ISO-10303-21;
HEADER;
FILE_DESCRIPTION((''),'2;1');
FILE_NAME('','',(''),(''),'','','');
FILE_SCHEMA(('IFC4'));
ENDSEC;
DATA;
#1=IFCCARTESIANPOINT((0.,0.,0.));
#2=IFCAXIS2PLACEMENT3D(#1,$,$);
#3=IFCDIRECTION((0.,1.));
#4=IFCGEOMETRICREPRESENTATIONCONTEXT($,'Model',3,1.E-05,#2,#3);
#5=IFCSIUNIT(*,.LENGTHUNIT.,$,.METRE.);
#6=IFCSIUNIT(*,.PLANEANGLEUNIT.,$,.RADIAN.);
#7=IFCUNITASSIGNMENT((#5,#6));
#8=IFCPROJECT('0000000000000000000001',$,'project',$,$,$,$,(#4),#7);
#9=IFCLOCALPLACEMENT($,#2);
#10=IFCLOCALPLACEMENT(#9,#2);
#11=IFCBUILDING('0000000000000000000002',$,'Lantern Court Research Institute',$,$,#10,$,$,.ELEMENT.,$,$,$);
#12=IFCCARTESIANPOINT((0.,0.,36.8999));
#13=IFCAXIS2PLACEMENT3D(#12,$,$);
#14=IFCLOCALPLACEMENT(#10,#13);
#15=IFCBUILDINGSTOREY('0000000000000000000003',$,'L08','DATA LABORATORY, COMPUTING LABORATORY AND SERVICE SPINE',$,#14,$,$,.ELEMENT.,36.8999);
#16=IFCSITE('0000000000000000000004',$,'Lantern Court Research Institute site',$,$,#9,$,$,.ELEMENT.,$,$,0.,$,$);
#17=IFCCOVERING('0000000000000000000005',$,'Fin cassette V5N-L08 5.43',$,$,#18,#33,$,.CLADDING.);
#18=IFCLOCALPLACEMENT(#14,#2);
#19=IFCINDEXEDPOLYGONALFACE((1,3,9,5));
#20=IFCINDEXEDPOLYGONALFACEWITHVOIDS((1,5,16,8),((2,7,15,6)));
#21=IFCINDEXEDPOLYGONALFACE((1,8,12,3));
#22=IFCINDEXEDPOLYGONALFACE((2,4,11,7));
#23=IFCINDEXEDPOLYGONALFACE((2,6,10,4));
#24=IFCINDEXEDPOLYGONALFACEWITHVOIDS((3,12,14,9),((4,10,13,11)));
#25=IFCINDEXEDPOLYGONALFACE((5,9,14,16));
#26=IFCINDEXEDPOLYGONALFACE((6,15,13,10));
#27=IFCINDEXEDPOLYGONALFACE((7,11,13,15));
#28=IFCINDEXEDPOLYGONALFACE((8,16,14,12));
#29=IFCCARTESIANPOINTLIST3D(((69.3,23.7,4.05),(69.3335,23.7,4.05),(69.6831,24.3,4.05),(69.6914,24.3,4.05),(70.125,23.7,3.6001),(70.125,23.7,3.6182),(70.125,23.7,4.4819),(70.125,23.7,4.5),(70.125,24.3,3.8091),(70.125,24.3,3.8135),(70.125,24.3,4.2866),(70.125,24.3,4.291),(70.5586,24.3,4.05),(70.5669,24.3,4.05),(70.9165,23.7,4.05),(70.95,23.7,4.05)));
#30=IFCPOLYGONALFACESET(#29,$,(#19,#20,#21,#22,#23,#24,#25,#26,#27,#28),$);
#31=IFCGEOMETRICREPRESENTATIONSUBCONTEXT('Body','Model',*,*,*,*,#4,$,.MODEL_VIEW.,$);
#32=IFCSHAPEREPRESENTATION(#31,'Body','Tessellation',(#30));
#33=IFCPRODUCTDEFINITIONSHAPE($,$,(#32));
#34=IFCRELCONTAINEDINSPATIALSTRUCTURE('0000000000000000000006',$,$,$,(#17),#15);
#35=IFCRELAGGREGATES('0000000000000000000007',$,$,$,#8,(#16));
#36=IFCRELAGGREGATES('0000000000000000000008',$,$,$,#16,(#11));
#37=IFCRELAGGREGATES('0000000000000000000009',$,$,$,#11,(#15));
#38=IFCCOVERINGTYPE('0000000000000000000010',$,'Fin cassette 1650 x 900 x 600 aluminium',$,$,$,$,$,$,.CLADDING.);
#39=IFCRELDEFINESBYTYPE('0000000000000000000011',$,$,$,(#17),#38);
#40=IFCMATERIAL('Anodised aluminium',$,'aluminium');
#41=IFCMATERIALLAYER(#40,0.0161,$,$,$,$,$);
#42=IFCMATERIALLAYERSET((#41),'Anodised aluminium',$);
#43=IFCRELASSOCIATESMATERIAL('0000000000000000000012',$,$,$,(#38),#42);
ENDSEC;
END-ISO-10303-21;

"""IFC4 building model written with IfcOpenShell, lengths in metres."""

from ifc_helpers import new_model, entity, si_unit, direction, frame, origin, place, context, subcontext, project, spatial, material, layer, layer_set, type_object, element, save


model = new_model("IFC4")

# Units and contexts
model_context = context("Model", 3, precision=1e-05, world=origin(), true_north=direction((0.0, 1.0)))
body_context = subcontext(model_context, "Body", "Model", "MODEL_VIEW")
ifc_project = project(units=[si_unit("LENGTHUNIT", "METRE"), si_unit("PLANEANGLEUNIT", "RADIAN")], contexts=[model_context])

# Site, building, storey
site_placement = place(None, origin())
site = spatial("IfcSite", under=ifc_project, at=site_placement, Name="Lantern Court Research Institute site", CompositionType="ELEMENT", RefElevation=0.0)
building_placement = place(site_placement, origin())
building = spatial("IfcBuilding", under=site, at=building_placement, Name="Lantern Court Research Institute", CompositionType="ELEMENT")
storey_placement = place(building_placement, frame((0.0, 0.0, 36.8999)))
storey = spatial("IfcBuildingStorey", under=building, at=storey_placement, Name="L08", Description="DATA LABORATORY, COMPUTING LABORATORY AND SERVICE SPINE", CompositionType="ELEMENT", Elevation=36.8999)

# Covering
ifc_material_1 = material(Name="Anodised aluminium", Category="aluminium")
ifc_layer_1 = layer(ifc_material_1, 0.0161)
ifc_layer_set_1 = layer_set([ifc_layer_1], Name="Anodised aluminium")
covering_type = type_object("IfcCoveringType", Name="Fin cassette 1650 x 900 x 600 aluminium", PredefinedType="CLADDING", material=ifc_layer_set_1)
covering_1_placement = place(storey_placement, frame((70.125, 23.7, 4.05), z_axis=(0.0, 1.0, 0.0), x_axis=(-1.0, 0.0, 0.0)))
cartesian_point_1 = entity("IfcCartesianPoint", [0.825, 0.0])
cartesian_point_2 = entity("IfcCartesianPoint", [0.7915, 0.0])
cartesian_point_3 = entity("IfcCartesianPoint", [0.4419, 0.0])
cartesian_point_4 = entity("IfcCartesianPoint", [0.4336, 0.0])
element("IfcCovering", 1, at=covering_1_placement, inside=storey, type_object=covering_type, Name="Fin cassette V5N-L08 5.43", PredefinedType="CLADDING", context=body_context, shape_type="SweptSolid", body=[
    entity("IfcExtrudedAreaSolidTapered", entity("IfcArbitraryProfileDefWithVoids", "AREA", None, entity("IfcPolyline", [cartesian_point_1, entity("IfcCartesianPoint", [0.0, 0.45]), entity("IfcCartesianPoint", [-0.825, 0.0]), entity("IfcCartesianPoint", [0.0, -0.45]), cartesian_point_1]), [entity("IfcPolyline", [cartesian_point_2, entity("IfcCartesianPoint", [0.0, 0.4319]), entity("IfcCartesianPoint", [-0.7915, 0.0]), entity("IfcCartesianPoint", [0.0, -0.4319]), cartesian_point_2])]), entity("IfcAxis2Placement3D", entity("IfcCartesianPoint", [0.0, 0.0, 0.0])), entity("IfcDirection", [0.0, 0.0, 1.0]), 0.6001, entity("IfcArbitraryProfileDefWithVoids", "AREA", None, entity("IfcPolyline", [cartesian_point_3, entity("IfcCartesianPoint", [0.0, 0.241]), entity("IfcCartesianPoint", [-0.4419, 0.0]), entity("IfcCartesianPoint", [0.0, -0.241]), cartesian_point_3]), [entity("IfcPolyline", [cartesian_point_4, entity("IfcCartesianPoint", [0.0, 0.2366]), entity("IfcCartesianPoint", [-0.4336, 0.0]), entity("IfcCartesianPoint", [0.0, -0.2366]), cartesian_point_4])])),
])

save(model, "model.ifc")
